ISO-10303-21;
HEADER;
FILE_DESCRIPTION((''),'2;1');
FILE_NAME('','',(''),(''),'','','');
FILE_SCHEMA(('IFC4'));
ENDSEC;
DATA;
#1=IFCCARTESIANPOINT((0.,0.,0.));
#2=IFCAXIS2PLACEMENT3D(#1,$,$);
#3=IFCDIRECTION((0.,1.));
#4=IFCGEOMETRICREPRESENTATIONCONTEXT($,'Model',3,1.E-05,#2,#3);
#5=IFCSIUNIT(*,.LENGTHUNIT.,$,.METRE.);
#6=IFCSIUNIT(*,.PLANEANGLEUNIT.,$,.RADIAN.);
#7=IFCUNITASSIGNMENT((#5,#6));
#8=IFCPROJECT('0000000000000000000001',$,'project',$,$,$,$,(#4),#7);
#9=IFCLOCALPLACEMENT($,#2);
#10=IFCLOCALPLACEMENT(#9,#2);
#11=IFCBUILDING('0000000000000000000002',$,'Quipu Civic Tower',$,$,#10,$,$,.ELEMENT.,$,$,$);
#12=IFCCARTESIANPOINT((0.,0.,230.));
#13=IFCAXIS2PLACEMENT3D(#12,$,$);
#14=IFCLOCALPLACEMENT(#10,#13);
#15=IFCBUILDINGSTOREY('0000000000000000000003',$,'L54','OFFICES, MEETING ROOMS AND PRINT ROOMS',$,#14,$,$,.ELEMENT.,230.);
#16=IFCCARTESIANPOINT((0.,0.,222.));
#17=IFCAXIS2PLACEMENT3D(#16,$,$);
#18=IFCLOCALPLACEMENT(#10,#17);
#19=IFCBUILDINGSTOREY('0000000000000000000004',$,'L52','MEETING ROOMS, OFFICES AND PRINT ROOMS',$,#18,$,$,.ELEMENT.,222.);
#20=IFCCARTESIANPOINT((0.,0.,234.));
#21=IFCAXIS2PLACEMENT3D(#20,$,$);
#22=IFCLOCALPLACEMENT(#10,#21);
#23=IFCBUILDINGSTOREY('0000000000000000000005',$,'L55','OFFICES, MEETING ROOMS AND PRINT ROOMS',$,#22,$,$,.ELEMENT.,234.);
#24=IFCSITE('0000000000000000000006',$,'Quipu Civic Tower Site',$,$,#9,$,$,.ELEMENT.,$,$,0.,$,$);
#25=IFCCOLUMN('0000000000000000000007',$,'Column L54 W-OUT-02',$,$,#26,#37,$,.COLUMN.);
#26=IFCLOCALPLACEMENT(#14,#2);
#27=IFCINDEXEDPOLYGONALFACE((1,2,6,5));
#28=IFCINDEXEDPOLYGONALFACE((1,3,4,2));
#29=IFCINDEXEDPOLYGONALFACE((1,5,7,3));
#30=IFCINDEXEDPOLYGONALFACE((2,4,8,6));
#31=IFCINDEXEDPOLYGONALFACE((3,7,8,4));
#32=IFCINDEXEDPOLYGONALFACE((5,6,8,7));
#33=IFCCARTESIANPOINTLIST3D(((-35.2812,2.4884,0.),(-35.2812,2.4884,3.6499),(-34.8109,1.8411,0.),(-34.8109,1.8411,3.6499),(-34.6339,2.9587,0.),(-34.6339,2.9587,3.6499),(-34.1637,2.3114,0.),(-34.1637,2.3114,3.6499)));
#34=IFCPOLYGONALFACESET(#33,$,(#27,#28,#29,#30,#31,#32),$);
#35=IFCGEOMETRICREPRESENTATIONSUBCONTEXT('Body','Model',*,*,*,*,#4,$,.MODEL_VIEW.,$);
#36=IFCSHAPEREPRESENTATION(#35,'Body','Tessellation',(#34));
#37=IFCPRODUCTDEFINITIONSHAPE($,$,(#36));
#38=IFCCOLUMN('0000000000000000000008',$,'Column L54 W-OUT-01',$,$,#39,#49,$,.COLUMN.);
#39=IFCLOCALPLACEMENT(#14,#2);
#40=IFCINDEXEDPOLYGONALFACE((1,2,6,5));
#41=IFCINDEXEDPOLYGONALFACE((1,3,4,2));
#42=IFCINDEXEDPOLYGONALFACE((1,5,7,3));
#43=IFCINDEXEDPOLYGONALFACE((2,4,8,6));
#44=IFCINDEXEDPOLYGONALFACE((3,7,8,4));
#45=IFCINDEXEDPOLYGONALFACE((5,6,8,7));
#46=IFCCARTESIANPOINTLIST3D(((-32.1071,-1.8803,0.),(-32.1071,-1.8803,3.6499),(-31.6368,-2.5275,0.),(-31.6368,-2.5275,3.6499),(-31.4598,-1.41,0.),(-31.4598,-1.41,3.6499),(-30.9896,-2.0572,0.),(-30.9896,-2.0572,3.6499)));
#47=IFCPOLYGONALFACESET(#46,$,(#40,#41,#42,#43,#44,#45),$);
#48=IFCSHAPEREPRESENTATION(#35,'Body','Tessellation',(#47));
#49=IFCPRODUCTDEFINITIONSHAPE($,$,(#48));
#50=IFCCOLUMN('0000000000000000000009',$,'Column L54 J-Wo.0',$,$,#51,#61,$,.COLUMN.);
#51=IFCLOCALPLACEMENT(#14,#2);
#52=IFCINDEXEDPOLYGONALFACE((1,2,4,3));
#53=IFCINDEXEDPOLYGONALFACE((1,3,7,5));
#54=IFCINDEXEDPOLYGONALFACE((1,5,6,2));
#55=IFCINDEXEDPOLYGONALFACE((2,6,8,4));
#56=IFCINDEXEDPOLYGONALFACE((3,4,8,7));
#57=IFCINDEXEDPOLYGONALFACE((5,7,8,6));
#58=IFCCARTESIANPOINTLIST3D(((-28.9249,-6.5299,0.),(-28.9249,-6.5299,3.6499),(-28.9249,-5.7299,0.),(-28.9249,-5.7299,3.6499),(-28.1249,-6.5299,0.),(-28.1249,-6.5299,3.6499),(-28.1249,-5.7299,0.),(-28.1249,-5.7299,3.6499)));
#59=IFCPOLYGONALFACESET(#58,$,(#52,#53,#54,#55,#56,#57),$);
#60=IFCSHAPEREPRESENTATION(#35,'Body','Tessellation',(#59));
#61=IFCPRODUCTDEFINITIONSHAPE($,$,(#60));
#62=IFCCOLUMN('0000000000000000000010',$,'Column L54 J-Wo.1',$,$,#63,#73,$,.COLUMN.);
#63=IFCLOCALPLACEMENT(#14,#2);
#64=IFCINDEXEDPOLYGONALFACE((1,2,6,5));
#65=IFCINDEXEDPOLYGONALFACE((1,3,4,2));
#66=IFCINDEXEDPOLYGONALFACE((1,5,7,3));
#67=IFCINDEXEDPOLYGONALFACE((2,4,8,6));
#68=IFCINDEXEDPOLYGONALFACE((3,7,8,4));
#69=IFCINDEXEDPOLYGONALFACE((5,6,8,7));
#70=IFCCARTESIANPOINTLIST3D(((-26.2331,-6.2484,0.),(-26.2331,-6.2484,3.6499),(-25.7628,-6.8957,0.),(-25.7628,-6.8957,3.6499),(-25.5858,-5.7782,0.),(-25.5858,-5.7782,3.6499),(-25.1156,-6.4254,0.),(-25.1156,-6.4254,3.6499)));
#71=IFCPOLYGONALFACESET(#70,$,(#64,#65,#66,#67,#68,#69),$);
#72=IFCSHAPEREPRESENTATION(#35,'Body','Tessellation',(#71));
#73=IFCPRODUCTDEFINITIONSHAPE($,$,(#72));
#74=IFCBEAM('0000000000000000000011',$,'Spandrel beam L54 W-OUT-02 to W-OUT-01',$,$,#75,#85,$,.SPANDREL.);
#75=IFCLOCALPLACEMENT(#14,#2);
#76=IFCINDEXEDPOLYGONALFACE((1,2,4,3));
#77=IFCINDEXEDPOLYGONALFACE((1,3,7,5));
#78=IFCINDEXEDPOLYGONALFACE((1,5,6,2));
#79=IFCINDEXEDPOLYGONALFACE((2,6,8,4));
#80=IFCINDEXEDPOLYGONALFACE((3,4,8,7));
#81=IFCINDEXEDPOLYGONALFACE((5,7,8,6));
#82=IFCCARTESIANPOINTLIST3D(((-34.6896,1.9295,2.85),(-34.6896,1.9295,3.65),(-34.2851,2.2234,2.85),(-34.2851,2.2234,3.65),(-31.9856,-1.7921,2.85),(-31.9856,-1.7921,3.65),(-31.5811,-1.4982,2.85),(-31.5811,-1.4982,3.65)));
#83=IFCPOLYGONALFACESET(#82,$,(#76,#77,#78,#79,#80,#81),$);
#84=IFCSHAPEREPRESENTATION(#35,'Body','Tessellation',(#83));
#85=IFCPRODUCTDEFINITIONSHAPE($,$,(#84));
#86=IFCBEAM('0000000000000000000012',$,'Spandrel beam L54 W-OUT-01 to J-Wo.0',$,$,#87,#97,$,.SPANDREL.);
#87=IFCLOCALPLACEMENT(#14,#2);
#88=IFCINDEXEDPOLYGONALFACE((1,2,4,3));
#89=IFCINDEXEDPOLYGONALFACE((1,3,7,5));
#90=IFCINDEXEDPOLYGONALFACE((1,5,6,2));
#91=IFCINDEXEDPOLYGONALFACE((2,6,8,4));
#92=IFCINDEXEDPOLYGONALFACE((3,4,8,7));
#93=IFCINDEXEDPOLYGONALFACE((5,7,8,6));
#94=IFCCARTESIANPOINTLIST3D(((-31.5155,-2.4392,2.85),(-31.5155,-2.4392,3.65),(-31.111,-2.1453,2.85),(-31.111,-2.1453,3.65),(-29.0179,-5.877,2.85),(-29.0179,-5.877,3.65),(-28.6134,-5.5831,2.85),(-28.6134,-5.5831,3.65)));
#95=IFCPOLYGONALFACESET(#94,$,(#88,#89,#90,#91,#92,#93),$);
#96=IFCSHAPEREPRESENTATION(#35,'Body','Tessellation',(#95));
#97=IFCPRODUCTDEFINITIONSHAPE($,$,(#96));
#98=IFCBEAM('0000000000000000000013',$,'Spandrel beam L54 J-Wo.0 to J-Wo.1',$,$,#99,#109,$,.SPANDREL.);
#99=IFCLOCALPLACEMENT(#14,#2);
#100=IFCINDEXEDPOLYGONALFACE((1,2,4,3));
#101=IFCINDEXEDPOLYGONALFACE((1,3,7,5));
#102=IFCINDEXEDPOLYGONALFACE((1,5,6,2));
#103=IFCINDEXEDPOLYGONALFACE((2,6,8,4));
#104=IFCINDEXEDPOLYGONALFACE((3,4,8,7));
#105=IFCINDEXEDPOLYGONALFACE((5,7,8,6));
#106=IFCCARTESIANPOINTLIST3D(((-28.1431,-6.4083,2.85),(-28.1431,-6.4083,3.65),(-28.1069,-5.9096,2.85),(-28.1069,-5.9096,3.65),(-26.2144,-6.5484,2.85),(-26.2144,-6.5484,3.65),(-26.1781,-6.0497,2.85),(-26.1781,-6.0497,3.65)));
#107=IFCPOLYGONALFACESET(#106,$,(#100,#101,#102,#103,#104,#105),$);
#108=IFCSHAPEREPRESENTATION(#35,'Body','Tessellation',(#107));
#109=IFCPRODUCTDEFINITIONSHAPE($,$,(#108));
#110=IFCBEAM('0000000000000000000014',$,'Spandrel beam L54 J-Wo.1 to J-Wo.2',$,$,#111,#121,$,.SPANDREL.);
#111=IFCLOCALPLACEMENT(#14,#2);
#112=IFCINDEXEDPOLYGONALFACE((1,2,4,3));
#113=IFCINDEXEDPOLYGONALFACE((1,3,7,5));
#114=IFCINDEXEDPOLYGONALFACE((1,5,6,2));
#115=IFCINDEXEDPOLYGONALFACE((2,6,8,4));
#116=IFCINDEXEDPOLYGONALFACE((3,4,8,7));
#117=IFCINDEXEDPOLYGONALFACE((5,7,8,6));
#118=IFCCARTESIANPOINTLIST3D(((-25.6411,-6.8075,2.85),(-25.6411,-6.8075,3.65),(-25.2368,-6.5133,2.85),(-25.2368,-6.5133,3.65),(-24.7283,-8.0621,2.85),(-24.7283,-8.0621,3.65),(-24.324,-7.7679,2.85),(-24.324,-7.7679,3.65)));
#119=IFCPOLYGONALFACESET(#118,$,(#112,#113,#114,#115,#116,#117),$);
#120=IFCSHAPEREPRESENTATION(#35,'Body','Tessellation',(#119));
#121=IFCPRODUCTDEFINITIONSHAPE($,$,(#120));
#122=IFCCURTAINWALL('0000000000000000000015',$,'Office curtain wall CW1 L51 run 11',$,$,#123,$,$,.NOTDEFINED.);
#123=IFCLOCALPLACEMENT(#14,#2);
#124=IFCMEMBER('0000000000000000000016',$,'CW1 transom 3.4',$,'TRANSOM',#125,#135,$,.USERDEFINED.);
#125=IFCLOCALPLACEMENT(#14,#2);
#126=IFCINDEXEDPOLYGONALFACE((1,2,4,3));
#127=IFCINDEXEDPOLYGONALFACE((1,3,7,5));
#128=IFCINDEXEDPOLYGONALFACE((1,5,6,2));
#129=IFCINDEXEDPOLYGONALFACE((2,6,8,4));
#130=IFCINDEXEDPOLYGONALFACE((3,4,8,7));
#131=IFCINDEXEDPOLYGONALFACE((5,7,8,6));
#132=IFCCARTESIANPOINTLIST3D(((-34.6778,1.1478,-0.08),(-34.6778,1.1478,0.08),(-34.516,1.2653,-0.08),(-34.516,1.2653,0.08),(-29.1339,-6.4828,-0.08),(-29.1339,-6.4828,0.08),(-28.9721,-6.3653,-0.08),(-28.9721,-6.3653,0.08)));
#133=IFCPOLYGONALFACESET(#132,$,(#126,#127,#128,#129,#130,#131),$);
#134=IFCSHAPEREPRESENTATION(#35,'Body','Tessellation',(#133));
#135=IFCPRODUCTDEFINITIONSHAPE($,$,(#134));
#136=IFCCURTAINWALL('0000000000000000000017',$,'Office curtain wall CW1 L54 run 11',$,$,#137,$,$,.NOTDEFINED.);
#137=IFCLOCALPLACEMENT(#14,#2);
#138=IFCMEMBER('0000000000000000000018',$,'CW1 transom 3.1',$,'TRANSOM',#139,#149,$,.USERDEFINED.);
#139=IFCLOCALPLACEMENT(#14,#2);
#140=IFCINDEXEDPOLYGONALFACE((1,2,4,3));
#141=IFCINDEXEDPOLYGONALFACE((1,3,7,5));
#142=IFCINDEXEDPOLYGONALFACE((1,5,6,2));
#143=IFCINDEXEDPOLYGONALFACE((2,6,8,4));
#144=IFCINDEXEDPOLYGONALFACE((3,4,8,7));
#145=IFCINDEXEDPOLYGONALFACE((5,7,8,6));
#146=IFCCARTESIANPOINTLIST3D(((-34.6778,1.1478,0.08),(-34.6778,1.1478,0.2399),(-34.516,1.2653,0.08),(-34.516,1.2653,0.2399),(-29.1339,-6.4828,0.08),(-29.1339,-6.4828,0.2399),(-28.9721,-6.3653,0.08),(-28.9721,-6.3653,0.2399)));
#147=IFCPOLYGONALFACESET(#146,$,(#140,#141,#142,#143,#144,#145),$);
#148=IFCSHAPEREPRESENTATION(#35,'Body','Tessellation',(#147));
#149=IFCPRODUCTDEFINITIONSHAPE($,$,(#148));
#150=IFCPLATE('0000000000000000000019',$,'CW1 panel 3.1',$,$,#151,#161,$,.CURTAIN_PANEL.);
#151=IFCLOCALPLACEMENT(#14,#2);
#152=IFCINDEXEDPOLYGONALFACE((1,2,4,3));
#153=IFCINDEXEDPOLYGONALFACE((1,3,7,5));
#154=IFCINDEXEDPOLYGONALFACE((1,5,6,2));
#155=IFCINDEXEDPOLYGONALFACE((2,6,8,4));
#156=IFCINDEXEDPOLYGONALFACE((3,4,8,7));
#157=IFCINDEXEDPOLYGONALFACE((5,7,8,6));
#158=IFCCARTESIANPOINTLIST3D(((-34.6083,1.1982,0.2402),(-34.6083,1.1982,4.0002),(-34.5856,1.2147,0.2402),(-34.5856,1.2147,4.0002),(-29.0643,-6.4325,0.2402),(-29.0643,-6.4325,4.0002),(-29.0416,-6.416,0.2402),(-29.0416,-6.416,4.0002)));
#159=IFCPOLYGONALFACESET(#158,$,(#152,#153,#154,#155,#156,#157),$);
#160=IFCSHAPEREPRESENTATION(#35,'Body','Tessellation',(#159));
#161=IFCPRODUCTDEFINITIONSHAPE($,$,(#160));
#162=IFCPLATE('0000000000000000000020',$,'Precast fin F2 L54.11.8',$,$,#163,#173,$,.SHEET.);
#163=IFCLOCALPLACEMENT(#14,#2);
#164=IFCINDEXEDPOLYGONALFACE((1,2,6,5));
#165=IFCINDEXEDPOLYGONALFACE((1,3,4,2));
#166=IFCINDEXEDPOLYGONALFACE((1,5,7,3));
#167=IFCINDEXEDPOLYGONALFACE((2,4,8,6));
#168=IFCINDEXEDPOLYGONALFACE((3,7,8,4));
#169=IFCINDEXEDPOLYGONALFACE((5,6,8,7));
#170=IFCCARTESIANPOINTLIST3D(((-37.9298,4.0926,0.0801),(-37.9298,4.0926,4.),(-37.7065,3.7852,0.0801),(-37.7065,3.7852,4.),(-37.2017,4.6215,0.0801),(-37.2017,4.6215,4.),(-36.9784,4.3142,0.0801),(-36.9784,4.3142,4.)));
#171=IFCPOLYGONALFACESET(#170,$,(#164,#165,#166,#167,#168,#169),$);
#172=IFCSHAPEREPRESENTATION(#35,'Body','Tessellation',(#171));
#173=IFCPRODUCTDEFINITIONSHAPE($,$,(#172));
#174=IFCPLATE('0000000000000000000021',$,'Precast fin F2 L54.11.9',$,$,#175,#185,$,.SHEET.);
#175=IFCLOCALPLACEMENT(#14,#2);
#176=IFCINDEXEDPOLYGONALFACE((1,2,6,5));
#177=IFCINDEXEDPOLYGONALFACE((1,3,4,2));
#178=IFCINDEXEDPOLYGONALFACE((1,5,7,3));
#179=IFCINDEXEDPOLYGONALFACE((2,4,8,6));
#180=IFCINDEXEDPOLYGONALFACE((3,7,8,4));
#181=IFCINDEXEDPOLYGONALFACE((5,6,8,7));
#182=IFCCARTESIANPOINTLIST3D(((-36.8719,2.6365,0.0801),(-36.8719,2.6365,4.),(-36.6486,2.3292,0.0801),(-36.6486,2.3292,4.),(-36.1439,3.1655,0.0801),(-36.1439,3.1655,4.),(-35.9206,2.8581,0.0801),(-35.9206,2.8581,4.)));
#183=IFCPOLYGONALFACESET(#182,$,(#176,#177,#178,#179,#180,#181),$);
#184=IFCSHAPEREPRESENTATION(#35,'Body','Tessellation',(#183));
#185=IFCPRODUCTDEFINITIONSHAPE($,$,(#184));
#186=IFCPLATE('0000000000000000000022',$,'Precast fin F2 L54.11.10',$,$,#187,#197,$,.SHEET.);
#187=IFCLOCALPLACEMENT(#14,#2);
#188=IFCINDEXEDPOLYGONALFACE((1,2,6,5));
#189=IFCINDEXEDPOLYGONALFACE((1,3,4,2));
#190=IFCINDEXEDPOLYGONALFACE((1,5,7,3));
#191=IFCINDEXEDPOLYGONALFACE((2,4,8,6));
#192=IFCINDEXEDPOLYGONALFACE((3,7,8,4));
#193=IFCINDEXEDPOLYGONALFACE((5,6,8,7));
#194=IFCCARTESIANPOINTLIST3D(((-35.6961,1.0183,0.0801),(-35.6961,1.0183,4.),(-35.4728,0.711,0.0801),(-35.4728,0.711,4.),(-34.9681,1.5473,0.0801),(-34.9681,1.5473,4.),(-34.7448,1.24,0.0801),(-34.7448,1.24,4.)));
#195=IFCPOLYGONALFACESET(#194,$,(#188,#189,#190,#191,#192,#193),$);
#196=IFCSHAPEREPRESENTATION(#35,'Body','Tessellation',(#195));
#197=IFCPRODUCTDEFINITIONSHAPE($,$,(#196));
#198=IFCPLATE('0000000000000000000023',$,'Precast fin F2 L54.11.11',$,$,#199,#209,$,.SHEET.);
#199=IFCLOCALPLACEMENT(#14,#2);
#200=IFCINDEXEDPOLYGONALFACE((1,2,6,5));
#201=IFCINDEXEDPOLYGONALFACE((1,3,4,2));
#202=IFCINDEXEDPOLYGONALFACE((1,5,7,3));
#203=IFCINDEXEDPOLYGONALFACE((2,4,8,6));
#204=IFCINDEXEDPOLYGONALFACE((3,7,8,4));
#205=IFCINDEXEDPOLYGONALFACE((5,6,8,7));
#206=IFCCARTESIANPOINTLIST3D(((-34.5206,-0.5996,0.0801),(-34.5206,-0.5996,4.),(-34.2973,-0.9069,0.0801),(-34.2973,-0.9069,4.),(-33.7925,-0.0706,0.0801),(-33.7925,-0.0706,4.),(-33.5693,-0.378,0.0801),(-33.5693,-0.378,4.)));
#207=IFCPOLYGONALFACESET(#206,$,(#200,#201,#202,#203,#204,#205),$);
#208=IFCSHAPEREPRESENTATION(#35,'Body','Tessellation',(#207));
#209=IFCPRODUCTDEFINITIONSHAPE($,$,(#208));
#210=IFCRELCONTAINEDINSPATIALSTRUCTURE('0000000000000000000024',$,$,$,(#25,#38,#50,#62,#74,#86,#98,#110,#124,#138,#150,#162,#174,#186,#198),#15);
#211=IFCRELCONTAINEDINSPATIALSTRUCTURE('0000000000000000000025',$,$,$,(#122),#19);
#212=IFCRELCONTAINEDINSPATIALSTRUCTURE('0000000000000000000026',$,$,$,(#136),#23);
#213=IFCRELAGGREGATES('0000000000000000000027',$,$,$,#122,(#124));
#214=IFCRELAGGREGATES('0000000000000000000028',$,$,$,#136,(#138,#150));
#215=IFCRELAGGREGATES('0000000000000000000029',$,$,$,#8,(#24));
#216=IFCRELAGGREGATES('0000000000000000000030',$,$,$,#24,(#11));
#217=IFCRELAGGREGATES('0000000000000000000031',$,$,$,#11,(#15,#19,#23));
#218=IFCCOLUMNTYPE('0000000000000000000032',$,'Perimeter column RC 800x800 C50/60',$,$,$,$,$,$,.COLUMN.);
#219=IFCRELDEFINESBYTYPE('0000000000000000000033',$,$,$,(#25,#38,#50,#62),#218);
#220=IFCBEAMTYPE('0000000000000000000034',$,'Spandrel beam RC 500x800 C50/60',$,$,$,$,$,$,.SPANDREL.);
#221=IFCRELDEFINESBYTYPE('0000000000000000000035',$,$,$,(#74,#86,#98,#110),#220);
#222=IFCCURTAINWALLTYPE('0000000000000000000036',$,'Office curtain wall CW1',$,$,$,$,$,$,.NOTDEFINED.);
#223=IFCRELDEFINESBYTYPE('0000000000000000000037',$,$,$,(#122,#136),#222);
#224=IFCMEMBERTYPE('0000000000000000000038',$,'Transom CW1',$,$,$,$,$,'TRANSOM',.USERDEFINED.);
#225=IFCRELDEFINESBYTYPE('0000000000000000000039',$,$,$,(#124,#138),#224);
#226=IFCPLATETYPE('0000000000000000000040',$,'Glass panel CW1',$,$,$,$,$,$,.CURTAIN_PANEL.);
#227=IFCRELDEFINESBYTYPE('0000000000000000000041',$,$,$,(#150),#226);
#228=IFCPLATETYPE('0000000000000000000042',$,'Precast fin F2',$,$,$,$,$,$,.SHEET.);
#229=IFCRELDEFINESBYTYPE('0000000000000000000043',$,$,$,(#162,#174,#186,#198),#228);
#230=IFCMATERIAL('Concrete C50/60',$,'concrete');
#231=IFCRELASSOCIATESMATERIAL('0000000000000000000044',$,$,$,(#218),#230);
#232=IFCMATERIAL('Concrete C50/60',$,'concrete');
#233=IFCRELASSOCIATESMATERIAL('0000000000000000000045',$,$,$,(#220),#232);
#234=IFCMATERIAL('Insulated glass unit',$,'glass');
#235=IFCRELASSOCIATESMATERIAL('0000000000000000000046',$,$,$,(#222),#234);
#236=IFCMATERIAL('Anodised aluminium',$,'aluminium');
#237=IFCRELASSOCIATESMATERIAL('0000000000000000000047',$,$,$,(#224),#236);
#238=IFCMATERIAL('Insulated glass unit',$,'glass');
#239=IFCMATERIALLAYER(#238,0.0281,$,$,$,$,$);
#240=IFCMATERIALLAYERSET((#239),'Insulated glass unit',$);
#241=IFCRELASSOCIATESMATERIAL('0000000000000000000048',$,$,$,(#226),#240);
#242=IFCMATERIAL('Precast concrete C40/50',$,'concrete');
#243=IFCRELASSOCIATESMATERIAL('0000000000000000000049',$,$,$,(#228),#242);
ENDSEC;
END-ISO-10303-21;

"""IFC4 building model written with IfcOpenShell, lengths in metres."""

from ifc_helpers import new_model, si_unit, direction, frame, origin, origin_2d, place, context, subcontext, project, spatial, rectangle, extrude, material, layer, layer_set, material_profile, profile_set, type_object, element, aggregate, save


model = new_model("IFC4")

# Units and contexts
model_context = context("Model", 3, precision=1e-05, world=origin(), true_north=direction((0.0, 1.0)))
body_context = subcontext(model_context, "Body", "Model", "MODEL_VIEW")
ifc_project = project(units=[si_unit("LENGTHUNIT", "METRE"), si_unit("PLANEANGLEUNIT", "RADIAN")], contexts=[model_context])

# Site, building, storey
site_placement = place(None, origin())
site = spatial("IfcSite", under=ifc_project, at=site_placement, Name="Quipu Civic Tower Site", CompositionType="ELEMENT", RefElevation=0.0)
building_placement = place(site_placement, origin())
building = spatial("IfcBuilding", under=site, at=building_placement, Name="Quipu Civic Tower", CompositionType="ELEMENT")
storey_1_placement = place(building_placement, frame((0.0, 0.0, 230.0)))
storey_1 = spatial("IfcBuildingStorey", under=building, at=storey_1_placement, Name="L54", Description="OFFICES, MEETING ROOMS AND PRINT ROOMS", CompositionType="ELEMENT", Elevation=230.0)

# Columns
ifc_material_1 = material(Name="Concrete C50/60", Category="concrete")
ifc_material_profile_1 = material_profile(ifc_material_1, rectangle(XDim=0.8, YDim=0.8, at=origin_2d()), Name="RC800x800")
ifc_profile_set_1 = profile_set([ifc_material_profile_1], Name="Concrete C50/60")
column_type = type_object("IfcColumnType", Name="Perimeter column RC 800x800 C50/60", PredefinedType="COLUMN", material=ifc_profile_set_1)
for number, where, z_axis, x_axis, name in (
    (1, (-34.7224, 2.3999, 0.0), (0.0, 0.0, 1.0), (0.587785, -0.809017, 0.0), "Column L54 W-OUT-02"),
    (2, (-31.5483, -1.9688, 0.0), (0.0, 0.0, 1.0), (0.587785, -0.809017, 0.0), "Column L54 W-OUT-01"),
    (3, (-28.5249, -6.1299, 0.0), (0.0, 0.0, 1.0), (1.0, 0.0, 0.0), "Column L54 J-Wo.0"),
    (4, (-25.6743, -6.3369, 0.0), (0.0, 0.0, 1.0), (0.587785, -0.809017, 0.0), "Column L54 J-Wo.1"),
):
    element("IfcColumn", number, at=place(storey_1_placement, frame(where, z_axis=z_axis, x_axis=x_axis)), inside=storey_1, type_object=column_type, Name=name, PredefinedType="COLUMN", context=body_context, shape_type="SweptSolid", body=[
        extrude(rectangle(XDim=0.8, YDim=0.8, at=origin_2d()), origin(), (0.0, 0.0, 1.0), 3.6499),
    ])

# Beams
ifc_material_2 = material(Name="Concrete C50/60", Category="concrete")
ifc_material_profile_2 = material_profile(ifc_material_2, rectangle(XDim=0.5, YDim=0.8, at=origin_2d()), Name="RC500x800")
ifc_profile_set_2 = profile_set([ifc_material_profile_2], Name="Concrete C50/60")
beam_type = type_object("IfcBeamType", Name="Spandrel beam RC 500x800 C50/60", PredefinedType="SPANDREL", material=ifc_profile_set_2)
beam_1_placement = place(storey_1_placement, frame((-34.4873, 2.0764, 3.25), z_axis=(0.587796, -0.809009, 0.0), x_axis=(0.809009, 0.587796, 0.0)))
element("IfcBeam", 5, at=beam_1_placement, inside=storey_1, type_object=beam_type, Name="Spandrel beam L54 W-OUT-02 to W-OUT-01", PredefinedType="SPANDREL", context=body_context, shape_type="SweptSolid", body=[
    extrude(rectangle(XDim=0.5, YDim=0.8, at=origin_2d()), origin(), (0.0, 0.0, 1.0), 4.6001),
])
beam_2_placement = place(storey_1_placement, frame((-31.3132, -2.2922, 3.25), z_axis=(0.587769, -0.809029, 0.0), x_axis=(0.809029, 0.587769, 0.0)))
element("IfcBeam", 6, at=beam_2_placement, inside=storey_1, type_object=beam_type, Name="Spandrel beam L54 W-OUT-01 to J-Wo.0", PredefinedType="SPANDREL", context=body_context, shape_type="SweptSolid", body=[
    extrude(rectangle(XDim=0.5, YDim=0.8, at=origin_2d()), origin(), (0.0, 0.0, 1.0), 4.2493),
])
beam_3_placement = place(storey_1_placement, frame((-28.125, -6.1589, 3.25), z_axis=(0.997371, -0.072467, 0.0), x_axis=(0.072467, 0.997371, 0.0)))
element("IfcBeam", 7, at=beam_3_placement, inside=storey_1, type_object=beam_type, Name="Spandrel beam L54 J-Wo.0 to J-Wo.1", PredefinedType="SPANDREL", context=body_context, shape_type="SweptSolid", body=[
    extrude(rectangle(XDim=0.5, YDim=0.8, at=origin_2d()), origin(), (0.0, 0.0, 1.0), 1.9338),
])
beam_4_placement = place(storey_1_placement, frame((-25.439, -6.6604, 3.25), z_axis=(0.588331, -0.80862, 0.0), x_axis=(0.80862, 0.588331, 0.0)))
element("IfcBeam", 8, at=beam_4_placement, inside=storey_1, type_object=beam_type, Name="Spandrel beam L54 J-Wo.1 to J-Wo.2", PredefinedType="SPANDREL", context=body_context, shape_type="SweptSolid", body=[
    extrude(rectangle(XDim=0.5, YDim=0.8, at=origin_2d()), origin(), (0.0, 0.0, 1.0), 1.5515),
])

# Shared definitions
storey_2_placement = place(building_placement, frame((0.0, 0.0, 222.0)))
storey_2 = spatial("IfcBuildingStorey", under=building, at=storey_2_placement, Name="L52", Description="MEETING ROOMS, OFFICES AND PRINT ROOMS", CompositionType="ELEMENT", Elevation=222.0)

# Curtain wall, member
ifc_material_3 = material(Name="Insulated glass unit", Category="glass")
curtain_wall_type = type_object("IfcCurtainWallType", Name="Office curtain wall CW1", PredefinedType="NOTDEFINED", material=ifc_material_3)
curtain_wall_1_placement = place(storey_2_placement, origin())
curtain_wall_1 = element("IfcCurtainWall", 9, at=curtain_wall_1_placement, inside=storey_2, type_object=curtain_wall_type, Name="Office curtain wall CW1 L51 run 11", PredefinedType="NOTDEFINED")
ifc_material_4 = material(Name="Anodised aluminium", Category="aluminium")
ifc_material_profile_3 = material_profile(ifc_material_4, rectangle(XDim=0.2, YDim=0.1599, at=origin_2d()), Name="RECT 200x160")
ifc_profile_set_3 = profile_set([ifc_material_profile_3], Name="Anodised aluminium")
member_type = type_object("IfcMemberType", Name="Transom CW1", ElementType="TRANSOM", PredefinedType="USERDEFINED", material=ifc_profile_set_3)
member_1_placement = place(storey_1_placement, frame((-34.5969, 1.2065, 0.0), z_axis=(0.587784, -0.809018, 0.0), x_axis=(0.809018, 0.587784, 0.0)))
member_1 = element("IfcMember", 10, at=member_1_placement, inside=storey_1, type_object=member_type, Name="CW1 transom 3.4", ObjectType="TRANSOM", PredefinedType="USERDEFINED", context=body_context, shape_type="SweptSolid", body=[
    extrude(rectangle(XDim=0.2, YDim=0.1599, at=origin_2d()), origin(), (0.0, 0.0, 1.0), 9.4319),
])
aggregate(curtain_wall_1, [member_1])

# Shared definitions
storey_3_placement = place(building_placement, frame((0.0, 0.0, 234.0)))
storey_3 = spatial("IfcBuildingStorey", under=building, at=storey_3_placement, Name="L55", Description="OFFICES, MEETING ROOMS AND PRINT ROOMS", CompositionType="ELEMENT", Elevation=234.0)

# Curtain wall, member, plate
curtain_wall_2_placement = place(storey_3_placement, origin())
curtain_wall_2 = element("IfcCurtainWall", 11, at=curtain_wall_2_placement, inside=storey_3, type_object=curtain_wall_type, Name="Office curtain wall CW1 L54 run 11", PredefinedType="NOTDEFINED")
member_2_placement = place(storey_1_placement, frame((-34.5969, 1.2065, 0.1599), z_axis=(0.587784, -0.809018, 0.0), x_axis=(0.809018, 0.587784, 0.0)))
member_2 = element("IfcMember", 12, at=member_2_placement, inside=storey_1, type_object=member_type, Name="CW1 transom 3.1", ObjectType="TRANSOM", PredefinedType="USERDEFINED", context=body_context, shape_type="SweptSolid", body=[
    extrude(rectangle(XDim=0.2, YDim=0.1599, at=origin_2d()), origin(), (0.0, 0.0, 1.0), 9.4319),
])
ifc_material_5 = material(Name="Insulated glass unit", Category="glass")
ifc_layer = layer(ifc_material_5, 0.0281)
ifc_layer_set = layer_set([ifc_layer], Name="Insulated glass unit")
plate_type_1 = type_object("IfcPlateType", Name="Glass panel CW1", PredefinedType="CURTAIN_PANEL", material=ifc_layer_set)
plate_placement = place(storey_1_placement, frame((-31.825, -2.6089, 0.2402), z_axis=(0.0, 0.0, 1.0), x_axis=(0.587786, -0.809017, 0.0)))
plate = element("IfcPlate", 13, at=plate_placement, inside=storey_1, type_object=plate_type_1, Name="CW1 panel 3.1", PredefinedType="CURTAIN_PANEL", context=body_context, shape_type="SweptSolid", body=[
    extrude(rectangle(XDim=9.4321, YDim=0.0281, at=origin_2d()), origin(), (0.0, 0.0, 1.0), 3.76),
])
aggregate(curtain_wall_2, [member_2, plate])

# Plates
ifc_material_6 = material(Name="Precast concrete C40/50", Category="concrete")
plate_type_2 = type_object("IfcPlateType", Name="Precast fin F2", PredefinedType="SHEET", material=ifc_material_6)
for number, where, z_axis, x_axis, name in (
    (14, (-37.4541, 4.2034, 0.0801), (0.0, 0.0, 1.0), (0.587786, -0.809017, 0.0), "Precast fin F2 L54.11.8"),
    (15, (-36.3962, 2.7473, 0.0801), (0.0, 0.0, 1.0), (0.587786, -0.809017, 0.0), "Precast fin F2 L54.11.9"),
    (16, (-35.2205, 1.1292, 0.0801), (0.0, 0.0, 1.0), (0.587786, -0.809017, 0.0), "Precast fin F2 L54.11.10"),
    (17, (-34.0449, -0.4888, 0.0801), (0.0, 0.0, 1.0), (0.587786, -0.809017, 0.0), "Precast fin F2 L54.11.11"),
):
    element("IfcPlate", number, at=place(storey_1_placement, frame(where, z_axis=z_axis, x_axis=x_axis)), inside=storey_1, type_object=plate_type_2, Name=name, PredefinedType="SHEET", context=body_context, shape_type="SweptSolid", body=[
        extrude(rectangle(XDim=0.3799, YDim=0.8999, at=origin_2d()), origin(), (0.0, 0.0, 1.0), 3.9199),
    ])

save(model, "model.ifc")
